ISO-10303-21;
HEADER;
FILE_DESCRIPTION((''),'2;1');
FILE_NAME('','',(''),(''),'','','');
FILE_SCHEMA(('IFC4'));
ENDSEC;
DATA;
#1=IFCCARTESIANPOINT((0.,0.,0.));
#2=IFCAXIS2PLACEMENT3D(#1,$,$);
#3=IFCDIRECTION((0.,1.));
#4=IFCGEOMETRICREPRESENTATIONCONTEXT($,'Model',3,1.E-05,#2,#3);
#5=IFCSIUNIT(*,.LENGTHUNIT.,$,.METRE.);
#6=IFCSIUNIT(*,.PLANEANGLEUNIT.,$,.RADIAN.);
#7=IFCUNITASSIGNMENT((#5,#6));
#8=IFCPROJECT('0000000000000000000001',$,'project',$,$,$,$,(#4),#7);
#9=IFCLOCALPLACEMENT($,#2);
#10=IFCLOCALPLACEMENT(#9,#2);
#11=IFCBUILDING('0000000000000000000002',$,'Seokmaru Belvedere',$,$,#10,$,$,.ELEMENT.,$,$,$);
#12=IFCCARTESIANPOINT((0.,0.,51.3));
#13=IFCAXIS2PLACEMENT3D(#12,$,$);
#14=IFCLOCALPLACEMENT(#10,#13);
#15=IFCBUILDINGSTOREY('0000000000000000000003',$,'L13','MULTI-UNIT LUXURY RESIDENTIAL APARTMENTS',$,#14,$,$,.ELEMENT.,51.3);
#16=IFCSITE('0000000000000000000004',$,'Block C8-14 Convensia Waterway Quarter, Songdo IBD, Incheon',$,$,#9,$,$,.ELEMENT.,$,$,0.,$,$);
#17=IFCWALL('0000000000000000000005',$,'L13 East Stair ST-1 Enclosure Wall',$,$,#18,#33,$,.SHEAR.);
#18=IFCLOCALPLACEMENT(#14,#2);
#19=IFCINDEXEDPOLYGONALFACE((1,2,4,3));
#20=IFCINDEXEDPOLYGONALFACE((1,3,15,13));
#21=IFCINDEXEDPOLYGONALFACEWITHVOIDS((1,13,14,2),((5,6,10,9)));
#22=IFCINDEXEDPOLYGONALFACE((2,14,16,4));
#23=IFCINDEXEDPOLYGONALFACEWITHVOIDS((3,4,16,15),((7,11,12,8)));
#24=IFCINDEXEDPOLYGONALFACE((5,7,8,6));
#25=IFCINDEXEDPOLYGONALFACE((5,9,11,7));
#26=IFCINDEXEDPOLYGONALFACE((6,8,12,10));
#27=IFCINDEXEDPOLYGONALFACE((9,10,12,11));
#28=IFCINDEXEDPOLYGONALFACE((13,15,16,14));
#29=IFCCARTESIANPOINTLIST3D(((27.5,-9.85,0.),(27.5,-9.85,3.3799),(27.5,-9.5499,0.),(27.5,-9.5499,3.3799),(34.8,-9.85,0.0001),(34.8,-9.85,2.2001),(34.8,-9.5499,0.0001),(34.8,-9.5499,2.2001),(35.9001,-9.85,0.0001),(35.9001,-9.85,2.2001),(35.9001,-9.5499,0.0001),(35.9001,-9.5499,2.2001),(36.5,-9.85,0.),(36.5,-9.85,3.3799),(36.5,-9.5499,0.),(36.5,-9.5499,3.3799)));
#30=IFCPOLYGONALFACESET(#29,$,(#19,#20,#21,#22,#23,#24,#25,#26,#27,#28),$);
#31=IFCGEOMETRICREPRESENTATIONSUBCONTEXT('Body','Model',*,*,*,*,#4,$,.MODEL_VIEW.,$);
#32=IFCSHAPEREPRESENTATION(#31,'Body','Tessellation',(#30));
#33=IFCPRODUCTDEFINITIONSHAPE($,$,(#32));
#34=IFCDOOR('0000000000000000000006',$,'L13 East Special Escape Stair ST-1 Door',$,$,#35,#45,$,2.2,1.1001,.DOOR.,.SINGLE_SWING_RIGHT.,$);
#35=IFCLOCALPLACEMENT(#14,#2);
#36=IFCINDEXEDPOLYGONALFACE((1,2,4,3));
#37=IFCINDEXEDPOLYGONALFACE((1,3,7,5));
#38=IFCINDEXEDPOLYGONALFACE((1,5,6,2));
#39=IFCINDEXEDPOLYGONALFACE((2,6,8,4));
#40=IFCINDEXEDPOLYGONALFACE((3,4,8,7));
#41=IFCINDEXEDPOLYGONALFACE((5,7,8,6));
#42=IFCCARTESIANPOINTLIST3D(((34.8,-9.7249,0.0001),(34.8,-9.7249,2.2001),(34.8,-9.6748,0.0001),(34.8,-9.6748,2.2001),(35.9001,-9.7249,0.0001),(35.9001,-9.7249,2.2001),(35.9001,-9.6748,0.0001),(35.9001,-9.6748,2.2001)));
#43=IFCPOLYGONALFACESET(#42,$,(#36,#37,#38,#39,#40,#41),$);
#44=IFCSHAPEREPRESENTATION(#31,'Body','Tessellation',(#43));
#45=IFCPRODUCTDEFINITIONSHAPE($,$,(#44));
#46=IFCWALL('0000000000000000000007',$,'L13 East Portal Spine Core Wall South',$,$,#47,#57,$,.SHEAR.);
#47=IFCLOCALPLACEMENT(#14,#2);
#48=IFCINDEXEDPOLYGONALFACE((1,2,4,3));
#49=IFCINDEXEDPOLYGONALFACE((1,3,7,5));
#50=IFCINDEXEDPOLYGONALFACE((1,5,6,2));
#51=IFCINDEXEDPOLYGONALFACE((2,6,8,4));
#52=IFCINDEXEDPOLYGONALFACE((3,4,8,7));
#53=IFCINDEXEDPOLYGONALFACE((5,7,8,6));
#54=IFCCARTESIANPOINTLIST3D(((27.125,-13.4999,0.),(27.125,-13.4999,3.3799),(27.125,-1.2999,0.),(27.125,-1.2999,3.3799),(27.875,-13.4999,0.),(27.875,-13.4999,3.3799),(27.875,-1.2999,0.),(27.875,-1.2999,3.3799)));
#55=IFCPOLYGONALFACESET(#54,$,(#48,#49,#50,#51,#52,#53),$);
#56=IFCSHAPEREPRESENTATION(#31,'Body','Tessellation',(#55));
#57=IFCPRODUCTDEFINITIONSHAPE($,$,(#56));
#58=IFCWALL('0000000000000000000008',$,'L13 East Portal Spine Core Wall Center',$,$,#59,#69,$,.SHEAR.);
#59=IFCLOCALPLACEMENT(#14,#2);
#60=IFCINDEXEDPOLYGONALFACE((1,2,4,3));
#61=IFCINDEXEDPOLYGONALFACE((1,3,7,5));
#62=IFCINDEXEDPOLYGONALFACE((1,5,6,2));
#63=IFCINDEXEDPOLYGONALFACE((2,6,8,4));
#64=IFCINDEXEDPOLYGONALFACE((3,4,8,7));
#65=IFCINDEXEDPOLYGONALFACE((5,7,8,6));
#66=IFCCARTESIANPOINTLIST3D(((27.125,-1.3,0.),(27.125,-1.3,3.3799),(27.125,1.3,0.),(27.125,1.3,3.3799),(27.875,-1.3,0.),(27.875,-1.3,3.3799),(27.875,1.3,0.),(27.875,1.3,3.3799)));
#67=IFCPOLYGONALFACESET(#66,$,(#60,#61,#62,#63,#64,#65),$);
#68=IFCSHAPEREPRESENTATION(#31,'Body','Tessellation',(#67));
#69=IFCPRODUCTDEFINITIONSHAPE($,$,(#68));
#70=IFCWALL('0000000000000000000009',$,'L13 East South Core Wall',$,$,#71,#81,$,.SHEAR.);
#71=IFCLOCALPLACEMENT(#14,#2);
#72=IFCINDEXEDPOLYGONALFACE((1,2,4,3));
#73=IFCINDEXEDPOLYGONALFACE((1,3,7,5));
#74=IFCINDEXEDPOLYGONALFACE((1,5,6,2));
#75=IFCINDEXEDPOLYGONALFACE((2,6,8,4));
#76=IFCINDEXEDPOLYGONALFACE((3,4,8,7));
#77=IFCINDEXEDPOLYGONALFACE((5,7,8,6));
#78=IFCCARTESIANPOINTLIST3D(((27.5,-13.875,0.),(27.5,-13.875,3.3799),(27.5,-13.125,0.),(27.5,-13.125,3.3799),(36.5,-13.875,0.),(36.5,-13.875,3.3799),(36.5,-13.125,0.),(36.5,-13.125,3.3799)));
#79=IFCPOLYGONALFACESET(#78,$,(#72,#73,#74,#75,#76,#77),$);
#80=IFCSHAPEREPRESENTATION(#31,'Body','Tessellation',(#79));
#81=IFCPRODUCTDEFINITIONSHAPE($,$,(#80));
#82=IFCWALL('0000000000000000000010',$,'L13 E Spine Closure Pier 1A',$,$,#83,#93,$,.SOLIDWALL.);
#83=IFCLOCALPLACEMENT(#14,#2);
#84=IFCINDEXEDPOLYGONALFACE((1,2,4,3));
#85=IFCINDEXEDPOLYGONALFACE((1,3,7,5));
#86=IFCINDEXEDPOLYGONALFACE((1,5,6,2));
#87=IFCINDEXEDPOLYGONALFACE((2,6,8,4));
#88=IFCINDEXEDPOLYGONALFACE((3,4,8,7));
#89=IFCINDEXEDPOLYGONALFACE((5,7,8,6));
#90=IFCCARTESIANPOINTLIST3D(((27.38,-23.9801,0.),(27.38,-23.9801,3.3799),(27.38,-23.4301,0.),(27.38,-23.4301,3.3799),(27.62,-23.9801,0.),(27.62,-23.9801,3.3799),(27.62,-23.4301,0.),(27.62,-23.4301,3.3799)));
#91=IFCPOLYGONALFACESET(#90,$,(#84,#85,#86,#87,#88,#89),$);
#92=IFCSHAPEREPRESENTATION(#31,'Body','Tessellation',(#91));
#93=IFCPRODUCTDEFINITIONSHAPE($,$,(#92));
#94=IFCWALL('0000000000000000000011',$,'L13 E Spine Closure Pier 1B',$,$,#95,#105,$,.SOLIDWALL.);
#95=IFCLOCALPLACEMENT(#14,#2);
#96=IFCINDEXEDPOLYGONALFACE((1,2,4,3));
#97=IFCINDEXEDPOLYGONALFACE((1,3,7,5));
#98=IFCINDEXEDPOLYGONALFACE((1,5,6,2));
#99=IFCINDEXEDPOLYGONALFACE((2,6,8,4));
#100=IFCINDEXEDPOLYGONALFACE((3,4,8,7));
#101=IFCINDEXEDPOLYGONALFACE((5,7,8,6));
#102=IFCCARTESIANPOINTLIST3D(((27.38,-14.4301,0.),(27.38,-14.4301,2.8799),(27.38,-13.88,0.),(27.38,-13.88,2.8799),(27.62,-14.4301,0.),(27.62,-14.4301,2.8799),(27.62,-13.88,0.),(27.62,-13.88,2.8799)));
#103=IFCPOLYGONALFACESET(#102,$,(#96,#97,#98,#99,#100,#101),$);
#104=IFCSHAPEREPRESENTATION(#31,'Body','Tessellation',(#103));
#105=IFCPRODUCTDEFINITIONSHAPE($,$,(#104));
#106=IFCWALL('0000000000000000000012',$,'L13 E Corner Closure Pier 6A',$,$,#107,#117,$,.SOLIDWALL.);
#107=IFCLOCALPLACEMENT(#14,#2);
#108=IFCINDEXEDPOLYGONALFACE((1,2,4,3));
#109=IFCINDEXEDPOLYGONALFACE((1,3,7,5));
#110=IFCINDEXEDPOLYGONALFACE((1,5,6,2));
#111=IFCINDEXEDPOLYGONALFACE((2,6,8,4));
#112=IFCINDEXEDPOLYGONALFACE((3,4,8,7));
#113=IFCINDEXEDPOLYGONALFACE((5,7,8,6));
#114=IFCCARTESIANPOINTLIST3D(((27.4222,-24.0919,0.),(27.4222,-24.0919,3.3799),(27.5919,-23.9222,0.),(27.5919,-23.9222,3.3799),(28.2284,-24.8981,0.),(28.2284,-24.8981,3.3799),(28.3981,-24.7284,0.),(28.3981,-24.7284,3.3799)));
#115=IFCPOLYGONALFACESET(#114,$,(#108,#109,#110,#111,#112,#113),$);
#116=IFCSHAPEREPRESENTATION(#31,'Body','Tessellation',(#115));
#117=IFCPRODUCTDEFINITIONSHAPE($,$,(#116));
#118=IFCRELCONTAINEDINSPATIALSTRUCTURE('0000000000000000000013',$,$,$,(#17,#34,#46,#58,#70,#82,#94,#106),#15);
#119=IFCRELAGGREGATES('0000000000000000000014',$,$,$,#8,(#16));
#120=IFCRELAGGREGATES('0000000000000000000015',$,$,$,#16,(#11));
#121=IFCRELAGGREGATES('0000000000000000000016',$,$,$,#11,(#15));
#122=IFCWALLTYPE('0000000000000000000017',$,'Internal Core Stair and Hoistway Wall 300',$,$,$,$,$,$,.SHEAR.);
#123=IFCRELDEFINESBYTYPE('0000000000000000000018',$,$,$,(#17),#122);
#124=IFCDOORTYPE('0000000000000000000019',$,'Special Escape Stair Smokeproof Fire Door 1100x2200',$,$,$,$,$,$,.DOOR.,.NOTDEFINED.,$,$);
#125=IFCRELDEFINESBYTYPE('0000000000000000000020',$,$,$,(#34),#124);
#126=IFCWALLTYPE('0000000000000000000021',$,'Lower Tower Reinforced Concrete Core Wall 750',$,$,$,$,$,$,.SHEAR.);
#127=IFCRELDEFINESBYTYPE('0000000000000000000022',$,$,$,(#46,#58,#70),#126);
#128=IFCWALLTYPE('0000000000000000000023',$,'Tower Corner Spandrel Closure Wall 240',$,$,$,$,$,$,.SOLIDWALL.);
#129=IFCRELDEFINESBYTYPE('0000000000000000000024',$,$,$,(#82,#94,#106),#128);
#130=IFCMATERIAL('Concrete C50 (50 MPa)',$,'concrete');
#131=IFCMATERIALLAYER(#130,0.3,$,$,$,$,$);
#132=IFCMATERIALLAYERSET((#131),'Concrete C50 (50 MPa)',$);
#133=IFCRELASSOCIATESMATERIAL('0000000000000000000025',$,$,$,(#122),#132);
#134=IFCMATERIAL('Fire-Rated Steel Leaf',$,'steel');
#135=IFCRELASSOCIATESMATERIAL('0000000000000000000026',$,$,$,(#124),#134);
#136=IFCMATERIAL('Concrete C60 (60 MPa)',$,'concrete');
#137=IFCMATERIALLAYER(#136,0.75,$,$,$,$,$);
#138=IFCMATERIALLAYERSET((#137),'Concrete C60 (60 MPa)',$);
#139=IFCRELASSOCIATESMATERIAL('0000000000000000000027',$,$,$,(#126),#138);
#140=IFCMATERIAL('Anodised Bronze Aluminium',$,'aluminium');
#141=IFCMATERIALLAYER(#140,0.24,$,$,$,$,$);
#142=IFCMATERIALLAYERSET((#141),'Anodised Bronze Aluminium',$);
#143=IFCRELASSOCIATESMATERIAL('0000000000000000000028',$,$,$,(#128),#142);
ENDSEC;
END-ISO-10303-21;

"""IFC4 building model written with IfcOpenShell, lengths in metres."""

from ifc_helpers import new_model, si_unit, direction, frame, frame_2d, origin, place, context, subcontext, project, spatial, rectangle, extrude, source, transform, mapped, material, layer, layer_set, type_object, type_shapes, element, fill, save


model = new_model("IFC4")

# Units and contexts
model_context = context("Model", 3, precision=1e-05, world=origin(), true_north=direction((0.0, 1.0)))
body_context = subcontext(model_context, "Body", "Model", "MODEL_VIEW")
ifc_project = project(units=[si_unit("LENGTHUNIT", "METRE"), si_unit("PLANEANGLEUNIT", "RADIAN")], contexts=[model_context])

# Site, building, storey
site_placement = place(None, origin())
site = spatial("IfcSite", under=ifc_project, at=site_placement, Name="Block C8-14 Convensia Waterway Quarter, Songdo IBD, Incheon", CompositionType="ELEMENT", RefElevation=0.0)
building_placement = place(site_placement, origin())
building = spatial("IfcBuilding", under=site, at=building_placement, Name="Seokmaru Belvedere", CompositionType="ELEMENT")
storey_placement = place(building_placement, frame((0.0, 0.0, 51.3)))
storey = spatial("IfcBuildingStorey", under=building, at=storey_placement, Name="L13", Description="MULTI-UNIT LUXURY RESIDENTIAL APARTMENTS", CompositionType="ELEMENT", Elevation=51.3)

# Shared definitions
ifc_material_1 = material(Name="Anodised Bronze Aluminium", Category="aluminium")

# Shared definitions
ifc_material_2 = material(Name="Concrete C50 (50 MPa)", Category="concrete")

# Wall, opening, door
ifc_layer_1 = layer(ifc_material_2, 0.3)
ifc_layer_set_1 = layer_set([ifc_layer_1], Name="Concrete C50 (50 MPa)")
wall_type_1 = type_object("IfcWallType", Name="Internal Core Stair and Hoistway Wall 300", PredefinedType="SHEAR", material=ifc_layer_set_1)
wall_1_placement = place(storey_placement, frame((27.5, -9.7, 0.0), z_axis=(0.0, 0.0, 1.0), x_axis=(1.0, 0.0, 0.0)))
wall_1 = element("IfcWall", 1, at=wall_1_placement, inside=storey, type_object=wall_type_1, Name="L13 East Stair ST-1 Enclosure Wall", PredefinedType="SHEAR", context=body_context, shape_type="SweptSolid", body=[
    extrude(rectangle(XDim=9.0, YDim=0.3, at=frame_2d((4.5, 0.0))), origin(), (0.0, 0.0, 1.0), 3.3799),
])
opening_placement = place(wall_1_placement, frame((7.3, 0.0, 0.0)))
opening = element("IfcOpeningElement", 2, at=opening_placement, cuts=wall_1, PredefinedType="OPENING", context=body_context, shape_type="SweptSolid", body=[
    extrude(rectangle(XDim=1.1001, YDim=2.2, at=frame_2d((0.55, 1.1001))), frame((0.0, 0.1602, 0.0), z_axis=(0.0, -1.0, 0.0), x_axis=(1.0, 0.0, 0.0)), (0.0, 0.0, 1.0), 0.3201),
])
ifc_material_3 = material(Name="Fire-Rated Steel Leaf", Category="steel")
door_type = type_object("IfcDoorType", Name="Special Escape Stair Smokeproof Fire Door 1100x2200", OperationType="NOTDEFINED", PredefinedType="DOOR", material=ifc_material_3)
shared_shape_1 = source(origin(), body_context, "Body", "SweptSolid", [
    extrude(rectangle(XDim=1.1001, YDim=2.2, at=frame_2d((0.55, 1.1001))), frame((0.0, 0.0249, 0.0), z_axis=(0.0, -1.0, 0.0), x_axis=(1.0, 0.0, 0.0)), (0.0, 0.0, 1.0), 0.05),
])
type_shapes(door_type, [shared_shape_1])
door_placement = place(opening_placement, frame((1.1001, 0.0, 0.0), z_axis=(0.0, 0.0, 1.0), x_axis=(-1.0, 0.0, 0.0)))
door = element("IfcDoor", 3, at=door_placement, inside=storey, type_object=door_type, Name="L13 East Special Escape Stair ST-1 Door", OperationType="SINGLE_SWING_RIGHT", OverallHeight=2.2, OverallWidth=1.1001, PredefinedType="DOOR", context=body_context, shape_type="MappedRepresentation", body=[
    mapped(shared_shape_1, transform((0.0, 0.0, 0.0), scale=1.0)),
])
fill(opening, door)

# Walls
ifc_material_4 = material(Name="Concrete C60 (60 MPa)", Category="concrete")
ifc_layer_2 = layer(ifc_material_4, 0.75)
ifc_layer_set_2 = layer_set([ifc_layer_2], Name="Concrete C60 (60 MPa)")
wall_type_2 = type_object("IfcWallType", Name="Lower Tower Reinforced Concrete Core Wall 750", PredefinedType="SHEAR", material=ifc_layer_set_2)
wall_2_placement = place(storey_placement, frame((27.5, -13.5, 0.0), z_axis=(0.0, 0.0, 1.0), x_axis=(0.0, 1.0, 0.0)))
element("IfcWall", 4, at=wall_2_placement, inside=storey, type_object=wall_type_2, Name="L13 East Portal Spine Core Wall South", PredefinedType="SHEAR", context=body_context, shape_type="SweptSolid", body=[
    extrude(rectangle(XDim=12.2, YDim=0.75, at=frame_2d((6.1001, 0.0))), origin(), (0.0, 0.0, 1.0), 3.3799),
])
wall_3_placement = place(storey_placement, frame((27.5, -1.3, 0.0), z_axis=(0.0, 0.0, 1.0), x_axis=(0.0, 1.0, 0.0)))
element("IfcWall", 5, at=wall_3_placement, inside=storey, type_object=wall_type_2, Name="L13 East Portal Spine Core Wall Center", PredefinedType="SHEAR", context=body_context, shape_type="SweptSolid", body=[
    extrude(rectangle(XDim=2.6001, YDim=0.75, at=frame_2d((1.3, 0.0))), origin(), (0.0, 0.0, 1.0), 3.3799),
])
wall_4_placement = place(storey_placement, frame((27.5, -13.5, 0.0), z_axis=(0.0, 0.0, 1.0), x_axis=(1.0, 0.0, 0.0)))
element("IfcWall", 6, at=wall_4_placement, inside=storey, type_object=wall_type_2, Name="L13 East South Core Wall", PredefinedType="SHEAR", context=body_context, shape_type="SweptSolid", body=[
    extrude(rectangle(XDim=9.0, YDim=0.75, at=frame_2d((4.5, 0.0))), origin(), (0.0, 0.0, 1.0), 3.3799),
])
ifc_layer_3 = layer(ifc_material_1, 0.24)
ifc_layer_set_3 = layer_set([ifc_layer_3], Name="Anodised Bronze Aluminium")
wall_type_3 = type_object("IfcWallType", Name="Tower Corner Spandrel Closure Wall 240", PredefinedType="SOLIDWALL", material=ifc_layer_set_3)
wall_5_placement = place(storey_placement, frame((27.5, -23.98, 0.0), z_axis=(0.0, 0.0, 1.0), x_axis=(0.0, 1.0, 0.0)))
element("IfcWall", 7, at=wall_5_placement, inside=storey, type_object=wall_type_3, Name="L13 E Spine Closure Pier 1A", PredefinedType="SOLIDWALL", context=body_context, shape_type="SweptSolid", body=[
    extrude(rectangle(XDim=0.55, YDim=0.24, at=frame_2d((0.2749, 0.0))), origin(), (0.0, 0.0, 1.0), 3.3799),
])
wall_6_placement = place(storey_placement, frame((27.5, -14.4299, 0.0), z_axis=(0.0, 0.0, 1.0), x_axis=(0.0, 1.0, 0.0)))
element("IfcWall", 8, at=wall_6_placement, inside=storey, type_object=wall_type_3, Name="L13 E Spine Closure Pier 1B", PredefinedType="SOLIDWALL", context=body_context, shape_type="SweptSolid", body=[
    extrude(rectangle(XDim=0.55, YDim=0.24, at=frame_2d((0.2749, 0.0))), origin(), (0.0, 0.0, 1.0), 2.8799),
])
wall_7_placement = place(storey_placement, frame((27.5071, -24.0071, 0.0), z_axis=(0.0, 0.0, 1.0), x_axis=(0.707107, -0.707107, 0.0)))
element("IfcWall", 9, at=wall_7_placement, inside=storey, type_object=wall_type_3, Name="L13 E Corner Closure Pier 6A", PredefinedType="SOLIDWALL", context=body_context, shape_type="SweptSolid", body=[
    extrude(rectangle(XDim=1.1401, YDim=0.24, at=frame_2d((0.5701, 0.0))), origin(), (0.0, 0.0, 1.0), 3.3799),
])

save(model, "model.ifc")
